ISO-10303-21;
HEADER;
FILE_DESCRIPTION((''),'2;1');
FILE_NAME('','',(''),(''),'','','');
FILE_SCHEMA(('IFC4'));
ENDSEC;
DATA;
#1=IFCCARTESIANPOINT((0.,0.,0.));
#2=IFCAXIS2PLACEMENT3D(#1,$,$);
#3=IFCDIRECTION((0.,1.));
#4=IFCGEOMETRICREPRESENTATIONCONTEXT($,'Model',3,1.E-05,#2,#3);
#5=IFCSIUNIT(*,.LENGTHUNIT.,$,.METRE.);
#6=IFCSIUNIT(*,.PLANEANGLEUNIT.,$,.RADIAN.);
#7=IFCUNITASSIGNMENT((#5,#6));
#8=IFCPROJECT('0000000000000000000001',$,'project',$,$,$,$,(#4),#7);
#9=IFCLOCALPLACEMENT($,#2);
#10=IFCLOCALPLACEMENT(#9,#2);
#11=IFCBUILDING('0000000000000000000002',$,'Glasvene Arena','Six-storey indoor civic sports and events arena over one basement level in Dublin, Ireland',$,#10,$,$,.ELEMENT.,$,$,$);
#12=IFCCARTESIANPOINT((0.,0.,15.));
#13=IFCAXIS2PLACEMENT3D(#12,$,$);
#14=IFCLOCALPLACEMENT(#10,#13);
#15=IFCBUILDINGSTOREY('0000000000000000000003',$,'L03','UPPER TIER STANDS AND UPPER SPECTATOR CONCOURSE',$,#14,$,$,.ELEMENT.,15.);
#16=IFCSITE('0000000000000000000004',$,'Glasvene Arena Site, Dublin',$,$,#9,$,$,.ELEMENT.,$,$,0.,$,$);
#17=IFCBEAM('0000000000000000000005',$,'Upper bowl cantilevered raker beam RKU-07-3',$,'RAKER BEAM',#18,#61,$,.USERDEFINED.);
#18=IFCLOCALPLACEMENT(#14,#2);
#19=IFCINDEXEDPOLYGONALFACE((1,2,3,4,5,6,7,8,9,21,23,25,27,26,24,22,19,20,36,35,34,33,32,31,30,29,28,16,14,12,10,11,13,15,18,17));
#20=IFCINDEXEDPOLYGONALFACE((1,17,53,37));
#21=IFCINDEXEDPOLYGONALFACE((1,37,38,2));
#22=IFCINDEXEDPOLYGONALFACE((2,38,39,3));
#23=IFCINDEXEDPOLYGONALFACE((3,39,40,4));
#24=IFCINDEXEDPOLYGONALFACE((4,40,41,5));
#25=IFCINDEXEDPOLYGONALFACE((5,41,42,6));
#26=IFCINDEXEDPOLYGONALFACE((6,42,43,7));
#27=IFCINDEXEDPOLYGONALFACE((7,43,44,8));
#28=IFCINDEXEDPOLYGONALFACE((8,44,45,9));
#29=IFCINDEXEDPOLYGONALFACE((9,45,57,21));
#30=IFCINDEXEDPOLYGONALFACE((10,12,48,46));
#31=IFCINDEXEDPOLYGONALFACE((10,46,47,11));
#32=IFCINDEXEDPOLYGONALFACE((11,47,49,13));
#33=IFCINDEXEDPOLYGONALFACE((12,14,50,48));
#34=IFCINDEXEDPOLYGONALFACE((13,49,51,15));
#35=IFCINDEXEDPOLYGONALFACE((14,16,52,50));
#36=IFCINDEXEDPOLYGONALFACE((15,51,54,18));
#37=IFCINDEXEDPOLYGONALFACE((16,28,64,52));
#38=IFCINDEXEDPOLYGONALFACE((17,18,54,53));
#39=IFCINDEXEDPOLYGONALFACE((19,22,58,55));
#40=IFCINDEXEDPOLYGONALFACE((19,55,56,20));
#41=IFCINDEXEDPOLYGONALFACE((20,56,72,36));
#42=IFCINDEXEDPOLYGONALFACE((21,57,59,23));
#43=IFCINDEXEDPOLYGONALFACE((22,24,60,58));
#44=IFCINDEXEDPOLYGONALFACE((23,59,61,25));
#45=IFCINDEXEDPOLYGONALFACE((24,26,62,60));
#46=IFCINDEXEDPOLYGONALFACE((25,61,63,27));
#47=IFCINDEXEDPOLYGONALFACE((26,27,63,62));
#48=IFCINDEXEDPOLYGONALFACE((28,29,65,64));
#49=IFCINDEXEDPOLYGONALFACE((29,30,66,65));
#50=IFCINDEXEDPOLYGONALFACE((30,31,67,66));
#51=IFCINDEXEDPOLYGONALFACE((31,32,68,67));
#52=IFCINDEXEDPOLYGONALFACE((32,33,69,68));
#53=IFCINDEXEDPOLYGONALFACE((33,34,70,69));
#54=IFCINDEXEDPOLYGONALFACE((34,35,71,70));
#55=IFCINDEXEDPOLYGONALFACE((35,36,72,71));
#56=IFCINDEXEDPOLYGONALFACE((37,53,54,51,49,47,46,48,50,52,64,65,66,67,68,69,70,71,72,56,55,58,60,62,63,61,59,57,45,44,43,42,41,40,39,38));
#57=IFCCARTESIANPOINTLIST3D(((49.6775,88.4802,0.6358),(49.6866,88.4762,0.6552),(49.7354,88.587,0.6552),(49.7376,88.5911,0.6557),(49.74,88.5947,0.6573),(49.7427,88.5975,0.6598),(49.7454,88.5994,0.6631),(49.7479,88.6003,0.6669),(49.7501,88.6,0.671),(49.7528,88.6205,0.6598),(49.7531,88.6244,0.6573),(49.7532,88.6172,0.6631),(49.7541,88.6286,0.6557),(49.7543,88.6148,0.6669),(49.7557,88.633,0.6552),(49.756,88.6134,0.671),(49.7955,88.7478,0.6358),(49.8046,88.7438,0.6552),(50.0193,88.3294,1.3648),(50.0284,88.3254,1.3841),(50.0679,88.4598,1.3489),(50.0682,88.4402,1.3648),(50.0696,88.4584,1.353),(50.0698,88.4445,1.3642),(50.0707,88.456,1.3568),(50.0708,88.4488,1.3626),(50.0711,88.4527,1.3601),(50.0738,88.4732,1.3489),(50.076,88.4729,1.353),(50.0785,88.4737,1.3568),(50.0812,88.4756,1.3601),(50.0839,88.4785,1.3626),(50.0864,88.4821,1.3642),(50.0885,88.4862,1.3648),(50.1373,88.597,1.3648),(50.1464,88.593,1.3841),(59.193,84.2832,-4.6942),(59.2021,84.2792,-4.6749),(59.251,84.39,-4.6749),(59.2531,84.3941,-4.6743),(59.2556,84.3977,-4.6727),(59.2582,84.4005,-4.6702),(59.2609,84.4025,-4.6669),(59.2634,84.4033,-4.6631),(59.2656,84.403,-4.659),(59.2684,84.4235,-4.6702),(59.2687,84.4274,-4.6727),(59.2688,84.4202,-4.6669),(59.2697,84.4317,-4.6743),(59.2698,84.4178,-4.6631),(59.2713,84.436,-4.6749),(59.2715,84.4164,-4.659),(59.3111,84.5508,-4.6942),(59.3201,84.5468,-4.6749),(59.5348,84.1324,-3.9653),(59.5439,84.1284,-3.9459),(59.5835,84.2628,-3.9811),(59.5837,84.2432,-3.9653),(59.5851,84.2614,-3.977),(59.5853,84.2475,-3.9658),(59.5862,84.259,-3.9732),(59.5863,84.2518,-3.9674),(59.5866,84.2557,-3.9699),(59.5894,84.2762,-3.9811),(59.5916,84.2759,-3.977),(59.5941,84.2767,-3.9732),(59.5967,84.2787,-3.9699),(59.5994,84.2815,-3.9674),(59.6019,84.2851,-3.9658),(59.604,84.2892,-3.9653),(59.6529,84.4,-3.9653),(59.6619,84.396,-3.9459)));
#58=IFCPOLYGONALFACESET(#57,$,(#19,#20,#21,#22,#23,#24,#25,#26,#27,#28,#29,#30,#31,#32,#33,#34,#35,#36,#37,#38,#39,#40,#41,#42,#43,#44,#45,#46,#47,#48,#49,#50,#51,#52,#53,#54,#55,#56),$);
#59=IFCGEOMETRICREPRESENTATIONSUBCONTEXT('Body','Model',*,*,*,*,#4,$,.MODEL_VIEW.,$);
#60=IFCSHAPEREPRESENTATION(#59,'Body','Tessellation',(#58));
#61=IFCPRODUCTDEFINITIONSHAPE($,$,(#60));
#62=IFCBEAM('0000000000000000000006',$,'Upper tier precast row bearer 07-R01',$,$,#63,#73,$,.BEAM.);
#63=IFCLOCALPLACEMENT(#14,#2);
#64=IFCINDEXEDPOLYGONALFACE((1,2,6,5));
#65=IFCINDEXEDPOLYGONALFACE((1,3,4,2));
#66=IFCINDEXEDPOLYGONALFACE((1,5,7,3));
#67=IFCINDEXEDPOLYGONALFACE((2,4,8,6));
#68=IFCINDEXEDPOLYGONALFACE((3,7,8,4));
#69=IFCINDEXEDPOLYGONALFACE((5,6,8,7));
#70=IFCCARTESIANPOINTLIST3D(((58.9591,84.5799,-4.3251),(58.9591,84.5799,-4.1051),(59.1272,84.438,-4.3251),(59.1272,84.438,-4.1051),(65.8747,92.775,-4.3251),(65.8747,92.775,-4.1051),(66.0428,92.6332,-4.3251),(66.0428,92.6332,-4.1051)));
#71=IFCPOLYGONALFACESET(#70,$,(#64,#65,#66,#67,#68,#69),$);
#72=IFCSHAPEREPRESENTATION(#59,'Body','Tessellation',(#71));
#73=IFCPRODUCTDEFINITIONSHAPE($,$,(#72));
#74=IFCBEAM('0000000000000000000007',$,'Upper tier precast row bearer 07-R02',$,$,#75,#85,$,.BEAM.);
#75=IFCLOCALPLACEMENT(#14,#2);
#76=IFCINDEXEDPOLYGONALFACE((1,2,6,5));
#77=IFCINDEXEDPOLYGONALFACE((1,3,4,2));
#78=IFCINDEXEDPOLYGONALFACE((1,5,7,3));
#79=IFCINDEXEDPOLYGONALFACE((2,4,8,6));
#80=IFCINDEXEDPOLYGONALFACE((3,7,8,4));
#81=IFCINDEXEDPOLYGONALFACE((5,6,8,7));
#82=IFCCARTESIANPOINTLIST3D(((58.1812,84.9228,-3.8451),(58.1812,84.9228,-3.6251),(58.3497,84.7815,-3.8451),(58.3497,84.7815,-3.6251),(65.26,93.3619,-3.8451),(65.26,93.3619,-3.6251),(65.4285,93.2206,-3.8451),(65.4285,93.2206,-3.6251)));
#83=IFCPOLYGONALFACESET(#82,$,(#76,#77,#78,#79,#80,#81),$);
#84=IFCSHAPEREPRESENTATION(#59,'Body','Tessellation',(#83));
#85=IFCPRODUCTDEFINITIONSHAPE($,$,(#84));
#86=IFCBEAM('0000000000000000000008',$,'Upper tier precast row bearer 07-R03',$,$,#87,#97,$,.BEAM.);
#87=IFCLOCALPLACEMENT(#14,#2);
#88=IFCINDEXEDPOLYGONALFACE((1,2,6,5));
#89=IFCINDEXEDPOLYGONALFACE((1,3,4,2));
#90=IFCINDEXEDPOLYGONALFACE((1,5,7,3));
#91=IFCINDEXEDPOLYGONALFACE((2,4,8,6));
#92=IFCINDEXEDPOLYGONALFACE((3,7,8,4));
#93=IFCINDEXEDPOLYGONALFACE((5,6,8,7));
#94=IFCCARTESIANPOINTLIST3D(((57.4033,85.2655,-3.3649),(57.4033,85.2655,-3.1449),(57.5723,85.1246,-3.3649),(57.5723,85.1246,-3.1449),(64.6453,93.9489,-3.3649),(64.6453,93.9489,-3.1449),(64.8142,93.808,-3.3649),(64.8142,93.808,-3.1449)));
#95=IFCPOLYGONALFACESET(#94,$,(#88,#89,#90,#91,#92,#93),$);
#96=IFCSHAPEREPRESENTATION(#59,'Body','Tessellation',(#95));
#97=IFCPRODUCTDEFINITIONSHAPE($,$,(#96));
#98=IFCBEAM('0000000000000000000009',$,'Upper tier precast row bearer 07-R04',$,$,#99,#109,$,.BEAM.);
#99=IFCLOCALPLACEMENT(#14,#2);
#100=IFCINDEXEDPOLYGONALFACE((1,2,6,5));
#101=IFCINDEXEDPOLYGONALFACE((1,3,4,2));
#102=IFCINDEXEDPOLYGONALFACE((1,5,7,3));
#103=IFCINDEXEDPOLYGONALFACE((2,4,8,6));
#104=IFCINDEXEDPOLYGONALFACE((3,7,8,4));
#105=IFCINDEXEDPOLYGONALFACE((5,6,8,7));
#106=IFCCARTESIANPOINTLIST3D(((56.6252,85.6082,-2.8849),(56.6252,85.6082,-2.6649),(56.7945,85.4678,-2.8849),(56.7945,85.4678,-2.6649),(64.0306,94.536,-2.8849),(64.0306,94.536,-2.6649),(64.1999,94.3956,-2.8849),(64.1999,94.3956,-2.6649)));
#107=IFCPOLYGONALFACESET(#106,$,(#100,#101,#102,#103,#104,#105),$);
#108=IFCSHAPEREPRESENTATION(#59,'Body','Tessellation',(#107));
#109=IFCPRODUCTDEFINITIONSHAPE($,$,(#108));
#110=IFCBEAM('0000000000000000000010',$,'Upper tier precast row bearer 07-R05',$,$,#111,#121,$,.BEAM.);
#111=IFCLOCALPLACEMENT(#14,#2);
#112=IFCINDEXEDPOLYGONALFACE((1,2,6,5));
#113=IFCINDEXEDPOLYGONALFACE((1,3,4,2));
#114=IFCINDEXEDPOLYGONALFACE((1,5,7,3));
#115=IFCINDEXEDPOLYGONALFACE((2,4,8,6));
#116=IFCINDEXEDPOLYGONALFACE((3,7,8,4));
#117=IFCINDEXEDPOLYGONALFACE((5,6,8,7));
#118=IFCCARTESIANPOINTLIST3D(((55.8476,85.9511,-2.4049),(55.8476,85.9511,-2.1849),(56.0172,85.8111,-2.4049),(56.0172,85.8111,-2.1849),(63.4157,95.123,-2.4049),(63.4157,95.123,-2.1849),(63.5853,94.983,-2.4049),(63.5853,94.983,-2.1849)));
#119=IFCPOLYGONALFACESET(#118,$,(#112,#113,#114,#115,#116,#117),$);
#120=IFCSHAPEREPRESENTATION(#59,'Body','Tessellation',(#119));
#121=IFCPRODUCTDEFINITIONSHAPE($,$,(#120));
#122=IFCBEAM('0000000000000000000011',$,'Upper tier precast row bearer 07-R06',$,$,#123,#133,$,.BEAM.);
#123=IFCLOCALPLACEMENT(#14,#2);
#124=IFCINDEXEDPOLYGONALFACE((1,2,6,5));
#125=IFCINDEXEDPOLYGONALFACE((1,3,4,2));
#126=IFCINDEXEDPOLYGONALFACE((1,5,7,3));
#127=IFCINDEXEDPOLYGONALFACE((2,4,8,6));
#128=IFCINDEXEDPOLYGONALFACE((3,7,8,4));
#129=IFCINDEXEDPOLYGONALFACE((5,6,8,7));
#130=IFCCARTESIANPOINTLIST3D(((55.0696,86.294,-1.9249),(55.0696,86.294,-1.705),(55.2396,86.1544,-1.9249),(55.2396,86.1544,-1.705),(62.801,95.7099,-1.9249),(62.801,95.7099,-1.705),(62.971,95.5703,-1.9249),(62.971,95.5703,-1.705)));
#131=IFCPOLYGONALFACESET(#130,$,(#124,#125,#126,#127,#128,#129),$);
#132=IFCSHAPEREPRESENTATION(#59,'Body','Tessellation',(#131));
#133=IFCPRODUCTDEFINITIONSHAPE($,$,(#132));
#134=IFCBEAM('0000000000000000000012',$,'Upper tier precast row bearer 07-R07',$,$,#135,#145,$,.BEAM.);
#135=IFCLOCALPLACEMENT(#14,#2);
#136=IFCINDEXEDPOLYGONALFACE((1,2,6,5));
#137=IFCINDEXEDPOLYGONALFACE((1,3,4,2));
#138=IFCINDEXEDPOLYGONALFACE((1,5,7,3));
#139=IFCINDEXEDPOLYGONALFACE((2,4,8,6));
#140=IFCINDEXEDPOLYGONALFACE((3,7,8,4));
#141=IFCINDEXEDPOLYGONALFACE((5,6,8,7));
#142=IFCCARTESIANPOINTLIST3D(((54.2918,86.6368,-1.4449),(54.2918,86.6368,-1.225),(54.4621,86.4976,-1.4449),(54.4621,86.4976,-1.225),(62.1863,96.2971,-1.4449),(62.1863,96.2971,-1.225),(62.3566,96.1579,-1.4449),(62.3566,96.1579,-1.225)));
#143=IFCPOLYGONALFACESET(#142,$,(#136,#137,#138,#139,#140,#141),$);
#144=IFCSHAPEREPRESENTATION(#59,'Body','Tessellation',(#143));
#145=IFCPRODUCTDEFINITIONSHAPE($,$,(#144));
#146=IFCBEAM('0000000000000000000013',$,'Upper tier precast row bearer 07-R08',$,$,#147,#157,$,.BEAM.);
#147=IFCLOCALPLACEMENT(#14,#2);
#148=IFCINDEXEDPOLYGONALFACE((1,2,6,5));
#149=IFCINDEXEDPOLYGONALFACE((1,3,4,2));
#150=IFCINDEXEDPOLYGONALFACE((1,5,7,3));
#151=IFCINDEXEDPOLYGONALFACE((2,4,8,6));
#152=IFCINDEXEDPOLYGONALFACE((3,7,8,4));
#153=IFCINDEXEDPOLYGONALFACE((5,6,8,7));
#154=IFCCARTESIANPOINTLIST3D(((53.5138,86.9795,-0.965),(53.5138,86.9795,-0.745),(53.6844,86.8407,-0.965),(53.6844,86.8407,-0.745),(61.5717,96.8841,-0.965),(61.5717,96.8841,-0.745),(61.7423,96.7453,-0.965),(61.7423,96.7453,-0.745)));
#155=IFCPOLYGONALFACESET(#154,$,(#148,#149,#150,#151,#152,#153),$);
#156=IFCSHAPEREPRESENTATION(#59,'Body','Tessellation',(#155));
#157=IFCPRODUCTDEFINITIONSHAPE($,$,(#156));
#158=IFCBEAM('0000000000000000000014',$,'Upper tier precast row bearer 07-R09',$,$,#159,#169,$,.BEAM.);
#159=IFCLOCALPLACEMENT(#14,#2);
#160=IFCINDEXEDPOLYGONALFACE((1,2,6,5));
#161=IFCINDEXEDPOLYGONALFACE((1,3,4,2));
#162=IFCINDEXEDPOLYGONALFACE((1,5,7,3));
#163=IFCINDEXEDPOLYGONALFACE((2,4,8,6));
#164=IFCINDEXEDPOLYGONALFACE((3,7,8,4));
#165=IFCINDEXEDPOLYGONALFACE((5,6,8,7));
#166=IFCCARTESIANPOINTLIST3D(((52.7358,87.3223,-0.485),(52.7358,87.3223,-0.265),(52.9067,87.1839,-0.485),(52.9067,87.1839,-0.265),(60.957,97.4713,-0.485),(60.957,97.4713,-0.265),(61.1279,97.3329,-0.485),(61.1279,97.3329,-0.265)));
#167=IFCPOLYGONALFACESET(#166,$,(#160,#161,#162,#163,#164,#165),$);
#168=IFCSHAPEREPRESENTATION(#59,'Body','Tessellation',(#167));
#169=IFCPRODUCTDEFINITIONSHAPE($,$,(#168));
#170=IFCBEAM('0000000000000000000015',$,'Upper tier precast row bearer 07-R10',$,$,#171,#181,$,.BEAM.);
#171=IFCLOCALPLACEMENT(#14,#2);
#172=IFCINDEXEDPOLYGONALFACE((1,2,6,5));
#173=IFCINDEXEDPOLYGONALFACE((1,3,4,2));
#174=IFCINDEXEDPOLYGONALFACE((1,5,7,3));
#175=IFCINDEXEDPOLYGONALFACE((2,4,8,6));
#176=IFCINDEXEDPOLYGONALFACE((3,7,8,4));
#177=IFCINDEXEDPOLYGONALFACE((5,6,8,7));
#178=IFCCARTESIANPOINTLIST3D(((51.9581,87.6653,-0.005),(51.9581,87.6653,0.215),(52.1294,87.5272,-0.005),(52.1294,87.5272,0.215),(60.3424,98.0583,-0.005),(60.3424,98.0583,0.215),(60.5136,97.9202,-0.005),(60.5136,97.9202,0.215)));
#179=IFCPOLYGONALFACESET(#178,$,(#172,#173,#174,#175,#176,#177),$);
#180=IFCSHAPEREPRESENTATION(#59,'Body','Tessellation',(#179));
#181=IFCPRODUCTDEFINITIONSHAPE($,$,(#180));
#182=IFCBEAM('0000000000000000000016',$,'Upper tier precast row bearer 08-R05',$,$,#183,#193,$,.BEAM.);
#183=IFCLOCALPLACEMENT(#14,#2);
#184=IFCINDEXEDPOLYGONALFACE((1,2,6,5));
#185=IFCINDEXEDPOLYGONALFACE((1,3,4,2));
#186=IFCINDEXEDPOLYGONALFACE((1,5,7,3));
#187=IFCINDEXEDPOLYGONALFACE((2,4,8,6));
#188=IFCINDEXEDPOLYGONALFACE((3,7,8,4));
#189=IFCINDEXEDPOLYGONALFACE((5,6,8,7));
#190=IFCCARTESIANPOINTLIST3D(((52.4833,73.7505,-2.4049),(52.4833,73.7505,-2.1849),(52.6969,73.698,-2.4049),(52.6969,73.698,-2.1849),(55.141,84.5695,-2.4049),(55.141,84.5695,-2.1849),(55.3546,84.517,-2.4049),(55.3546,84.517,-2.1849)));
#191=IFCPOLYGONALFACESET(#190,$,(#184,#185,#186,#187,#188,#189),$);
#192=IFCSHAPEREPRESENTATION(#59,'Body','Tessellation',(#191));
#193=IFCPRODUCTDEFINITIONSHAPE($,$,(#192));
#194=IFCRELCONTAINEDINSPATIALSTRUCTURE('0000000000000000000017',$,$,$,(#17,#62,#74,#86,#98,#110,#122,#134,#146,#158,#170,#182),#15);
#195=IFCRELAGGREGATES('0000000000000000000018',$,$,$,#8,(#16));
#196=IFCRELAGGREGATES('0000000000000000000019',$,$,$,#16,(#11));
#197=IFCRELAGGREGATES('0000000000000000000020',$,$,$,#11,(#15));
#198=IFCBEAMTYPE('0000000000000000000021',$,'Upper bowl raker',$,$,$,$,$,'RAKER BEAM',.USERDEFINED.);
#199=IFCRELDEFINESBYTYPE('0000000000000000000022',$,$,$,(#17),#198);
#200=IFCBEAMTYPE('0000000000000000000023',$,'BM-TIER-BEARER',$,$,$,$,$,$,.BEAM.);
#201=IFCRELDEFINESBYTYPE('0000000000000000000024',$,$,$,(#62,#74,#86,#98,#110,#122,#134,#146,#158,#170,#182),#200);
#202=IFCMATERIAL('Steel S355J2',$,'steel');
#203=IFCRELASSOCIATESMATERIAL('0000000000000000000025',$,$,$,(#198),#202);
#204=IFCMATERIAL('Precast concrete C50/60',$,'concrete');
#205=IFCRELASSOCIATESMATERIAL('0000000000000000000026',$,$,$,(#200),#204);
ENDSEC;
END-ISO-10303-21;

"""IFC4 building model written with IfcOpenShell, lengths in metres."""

from ifc_helpers import new_model, si_unit, direction, frame, origin, origin_2d, place, context, subcontext, project, spatial, rectangle, i_section, extrude, material, material_profile, profile_set, type_object, element, save


model = new_model("IFC4")

# Units and contexts
model_context = context("Model", 3, precision=1e-05, world=origin(), true_north=direction((0.0, 1.0)))
body_context = subcontext(model_context, "Body", "Model", "MODEL_VIEW")
ifc_project = project(units=[si_unit("LENGTHUNIT", "METRE"), si_unit("PLANEANGLEUNIT", "RADIAN")], contexts=[model_context])

# Site, building, storey
site_placement = place(None, origin())
site = spatial("IfcSite", under=ifc_project, at=site_placement, Name="Glasvene Arena Site, Dublin", CompositionType="ELEMENT", RefElevation=0.0)
building_placement = place(site_placement, origin())
building = spatial("IfcBuilding", under=site, at=building_placement, Name="Glasvene Arena", Description="Six-storey indoor civic sports and events arena over one basement level in Dublin, Ireland", CompositionType="ELEMENT")
storey_placement = place(building_placement, frame((0.0, 0.0, 15.0)))
storey = spatial("IfcBuildingStorey", under=building, at=storey_placement, Name="L03", Description="UPPER TIER STANDS AND UPPER SPECTATOR CONCOURSE", CompositionType="ELEMENT", Elevation=15.0)

# Beams
ifc_material_1 = material(Name="Steel S355J2", Category="steel")
ifc_material_profile_1 = material_profile(ifc_material_1, i_section(OverallWidth=0.2925, OverallDepth=0.8408, WebThickness=0.0146, FlangeThickness=0.0217, FilletRadius=0.0178, at=origin_2d()), Name="UKB 838x292x194")
ifc_profile_set_1 = profile_set([ifc_material_profile_1], Name="Steel S355J2")
beam_type_1 = type_object("IfcBeamType", Name="Upper bowl raker", ElementType="RAKER BEAM", PredefinedType="USERDEFINED", material=ifc_profile_set_1)
beam_1_placement = place(storey_placement, frame((59.4275, 84.3396, -4.3201), z_axis=(-0.814248, 0.359137, 0.456093), x_axis=(-0.403556, -0.914955, 0.0)))
element("IfcBeam", 1, at=beam_1_placement, inside=storey, type_object=beam_type_1, Name="Upper bowl cantilevered raker beam RKU-07-3", ObjectType="RAKER BEAM", PredefinedType="USERDEFINED", context=body_context, shape_type="SweptSolid", body=[
    extrude(i_section(OverallWidth=0.2925, OverallDepth=0.8408, WebThickness=0.0146, FlangeThickness=0.0217, FilletRadius=0.0178, at=origin_2d()), origin(), (0.0, 0.0, 1.0), 11.6863),
])
ifc_material_2 = material(Name="Precast concrete C50/60", Category="concrete")
ifc_material_profile_2 = material_profile(ifc_material_2, rectangle(XDim=0.22, YDim=0.22, at=origin_2d()), Name="RC 220x220")
ifc_profile_set_2 = profile_set([ifc_material_profile_2], Name="Precast concrete C50/60")
beam_type_2 = type_object("IfcBeamType", Name="BM-TIER-BEARER", PredefinedType="BEAM", material=ifc_profile_set_2)
beam_2_placement = place(storey_placement, frame((65.9587, 92.7041, -4.2151), z_axis=(-0.644922, -0.764248, 0.0), x_axis=(0.764248, -0.644922, 0.0)))
element("IfcBeam", 2, at=beam_2_placement, inside=storey, type_object=beam_type_2, Name="Upper tier precast row bearer 07-R01", PredefinedType="BEAM", context=body_context, shape_type="SweptSolid", body=[
    extrude(rectangle(XDim=0.22, YDim=0.22, at=origin_2d()), origin(), (0.0, 0.0, 1.0), 10.7231),
])
beam_3_placement = place(storey_placement, frame((65.3442, 93.2913, -3.7351), z_axis=(-0.642655, -0.766155, 0.0), x_axis=(0.766155, -0.642655, 0.0)))
element("IfcBeam", 3, at=beam_3_placement, inside=storey, type_object=beam_type_2, Name="Upper tier precast row bearer 07-R02", PredefinedType="BEAM", context=body_context, shape_type="SweptSolid", body=[
    extrude(rectangle(XDim=0.22, YDim=0.22, at=origin_2d()), origin(), (0.0, 0.0, 1.0), 11.0149),
])
beam_4_placement = place(storey_placement, frame((64.7297, 93.8784, -3.2549), z_axis=(-0.640488, -0.767968, 0.0), x_axis=(0.767968, -0.640488, 0.0)))
element("IfcBeam", 4, at=beam_4_placement, inside=storey, type_object=beam_type_2, Name="Upper tier precast row bearer 07-R03", PredefinedType="BEAM", context=body_context, shape_type="SweptSolid", body=[
    extrude(rectangle(XDim=0.22, YDim=0.22, at=origin_2d()), origin(), (0.0, 0.0, 1.0), 11.3069),
])
beam_5_placement = place(storey_placement, frame((64.1152, 94.4658, -2.7749), z_axis=(-0.638427, -0.769682, 0.0), x_axis=(0.769682, -0.638427, 0.0)))
element("IfcBeam", 5, at=beam_5_placement, inside=storey, type_object=beam_type_2, Name="Upper tier precast row bearer 07-R04", PredefinedType="BEAM", context=body_context, shape_type="SweptSolid", body=[
    extrude(rectangle(XDim=0.22, YDim=0.22, at=origin_2d()), origin(), (0.0, 0.0, 1.0), 11.5994),
])
beam_6_placement = place(storey_placement, frame((63.5005, 95.053, -2.2949), z_axis=(-0.636449, -0.771319, 0.0), x_axis=(0.771319, -0.636449, 0.0)))
element("IfcBeam", 6, at=beam_6_placement, inside=storey, type_object=beam_type_2, Name="Upper tier precast row bearer 07-R05", PredefinedType="BEAM", context=body_context, shape_type="SweptSolid", body=[
    extrude(rectangle(XDim=0.22, YDim=0.22, at=origin_2d()), origin(), (0.0, 0.0, 1.0), 11.8911),
])
beam_7_placement = place(storey_placement, frame((62.886, 95.6401, -1.8149), z_axis=(-0.634586, -0.772853, 0.0), x_axis=(0.772853, -0.634586, 0.0)))
element("IfcBeam", 7, at=beam_7_placement, inside=storey, type_object=beam_type_2, Name="Upper tier precast row bearer 07-R06", PredefinedType="BEAM", context=body_context, shape_type="SweptSolid", body=[
    extrude(rectangle(XDim=0.22, YDim=0.22, at=origin_2d()), origin(), (0.0, 0.0, 1.0), 12.1833),
])
beam_8_placement = place(storey_placement, frame((62.2715, 96.2275, -1.335), z_axis=(-0.632785, -0.774328, 0.0), x_axis=(0.774328, -0.632785, 0.0)))
element("IfcBeam", 8, at=beam_8_placement, inside=storey, type_object=beam_type_2, Name="Upper tier precast row bearer 07-R07", PredefinedType="BEAM", context=body_context, shape_type="SweptSolid", body=[
    extrude(rectangle(XDim=0.22, YDim=0.22, at=origin_2d()), origin(), (0.0, 0.0, 1.0), 12.4758),
])
beam_9_placement = place(storey_placement, frame((61.657, 96.8147, -0.855), z_axis=(-0.631084, -0.775714, 0.0), x_axis=(0.775714, -0.631084, 0.0)))
element("IfcBeam", 9, at=beam_9_placement, inside=storey, type_object=beam_type_2, Name="Upper tier precast row bearer 07-R08", PredefinedType="BEAM", context=body_context, shape_type="SweptSolid", body=[
    extrude(rectangle(XDim=0.22, YDim=0.22, at=origin_2d()), origin(), (0.0, 0.0, 1.0), 12.7683),
])
beam_10_placement = place(storey_placement, frame((61.0425, 97.4021, -0.375), z_axis=(-0.629448, -0.777043, 0.0), x_axis=(0.777043, -0.629448, 0.0)))
element("IfcBeam", 10, at=beam_10_placement, inside=storey, type_object=beam_type_2, Name="Upper tier precast row bearer 07-R09", PredefinedType="BEAM", context=body_context, shape_type="SweptSolid", body=[
    extrude(rectangle(XDim=0.22, YDim=0.22, at=origin_2d()), origin(), (0.0, 0.0, 1.0), 13.061),
])
beam_11_placement = place(storey_placement, frame((60.428, 97.9893, 0.105), z_axis=(-0.627878, -0.778312, 0.0), x_axis=(0.778312, -0.627878, 0.0)))
element("IfcBeam", 11, at=beam_11_placement, inside=storey, type_object=beam_type_2, Name="Upper tier precast row bearer 07-R10", PredefinedType="BEAM", context=body_context, shape_type="SweptSolid", body=[
    extrude(rectangle(XDim=0.22, YDim=0.22, at=origin_2d()), origin(), (0.0, 0.0, 1.0), 13.3533),
])
beam_12_placement = place(storey_placement, frame((55.2478, 84.5432, -2.2949), z_axis=(-0.238558, -0.971128, 0.0), x_axis=(0.971128, -0.238558, 0.0)))
element("IfcBeam", 12, at=beam_12_placement, inside=storey, type_object=beam_type_2, Name="Upper tier precast row bearer 08-R05", PredefinedType="BEAM", context=body_context, shape_type="SweptSolid", body=[
    extrude(rectangle(XDim=0.22, YDim=0.22, at=origin_2d()), origin(), (0.0, 0.0, 1.0), 11.1406),
])

save(model, "model.ifc")
